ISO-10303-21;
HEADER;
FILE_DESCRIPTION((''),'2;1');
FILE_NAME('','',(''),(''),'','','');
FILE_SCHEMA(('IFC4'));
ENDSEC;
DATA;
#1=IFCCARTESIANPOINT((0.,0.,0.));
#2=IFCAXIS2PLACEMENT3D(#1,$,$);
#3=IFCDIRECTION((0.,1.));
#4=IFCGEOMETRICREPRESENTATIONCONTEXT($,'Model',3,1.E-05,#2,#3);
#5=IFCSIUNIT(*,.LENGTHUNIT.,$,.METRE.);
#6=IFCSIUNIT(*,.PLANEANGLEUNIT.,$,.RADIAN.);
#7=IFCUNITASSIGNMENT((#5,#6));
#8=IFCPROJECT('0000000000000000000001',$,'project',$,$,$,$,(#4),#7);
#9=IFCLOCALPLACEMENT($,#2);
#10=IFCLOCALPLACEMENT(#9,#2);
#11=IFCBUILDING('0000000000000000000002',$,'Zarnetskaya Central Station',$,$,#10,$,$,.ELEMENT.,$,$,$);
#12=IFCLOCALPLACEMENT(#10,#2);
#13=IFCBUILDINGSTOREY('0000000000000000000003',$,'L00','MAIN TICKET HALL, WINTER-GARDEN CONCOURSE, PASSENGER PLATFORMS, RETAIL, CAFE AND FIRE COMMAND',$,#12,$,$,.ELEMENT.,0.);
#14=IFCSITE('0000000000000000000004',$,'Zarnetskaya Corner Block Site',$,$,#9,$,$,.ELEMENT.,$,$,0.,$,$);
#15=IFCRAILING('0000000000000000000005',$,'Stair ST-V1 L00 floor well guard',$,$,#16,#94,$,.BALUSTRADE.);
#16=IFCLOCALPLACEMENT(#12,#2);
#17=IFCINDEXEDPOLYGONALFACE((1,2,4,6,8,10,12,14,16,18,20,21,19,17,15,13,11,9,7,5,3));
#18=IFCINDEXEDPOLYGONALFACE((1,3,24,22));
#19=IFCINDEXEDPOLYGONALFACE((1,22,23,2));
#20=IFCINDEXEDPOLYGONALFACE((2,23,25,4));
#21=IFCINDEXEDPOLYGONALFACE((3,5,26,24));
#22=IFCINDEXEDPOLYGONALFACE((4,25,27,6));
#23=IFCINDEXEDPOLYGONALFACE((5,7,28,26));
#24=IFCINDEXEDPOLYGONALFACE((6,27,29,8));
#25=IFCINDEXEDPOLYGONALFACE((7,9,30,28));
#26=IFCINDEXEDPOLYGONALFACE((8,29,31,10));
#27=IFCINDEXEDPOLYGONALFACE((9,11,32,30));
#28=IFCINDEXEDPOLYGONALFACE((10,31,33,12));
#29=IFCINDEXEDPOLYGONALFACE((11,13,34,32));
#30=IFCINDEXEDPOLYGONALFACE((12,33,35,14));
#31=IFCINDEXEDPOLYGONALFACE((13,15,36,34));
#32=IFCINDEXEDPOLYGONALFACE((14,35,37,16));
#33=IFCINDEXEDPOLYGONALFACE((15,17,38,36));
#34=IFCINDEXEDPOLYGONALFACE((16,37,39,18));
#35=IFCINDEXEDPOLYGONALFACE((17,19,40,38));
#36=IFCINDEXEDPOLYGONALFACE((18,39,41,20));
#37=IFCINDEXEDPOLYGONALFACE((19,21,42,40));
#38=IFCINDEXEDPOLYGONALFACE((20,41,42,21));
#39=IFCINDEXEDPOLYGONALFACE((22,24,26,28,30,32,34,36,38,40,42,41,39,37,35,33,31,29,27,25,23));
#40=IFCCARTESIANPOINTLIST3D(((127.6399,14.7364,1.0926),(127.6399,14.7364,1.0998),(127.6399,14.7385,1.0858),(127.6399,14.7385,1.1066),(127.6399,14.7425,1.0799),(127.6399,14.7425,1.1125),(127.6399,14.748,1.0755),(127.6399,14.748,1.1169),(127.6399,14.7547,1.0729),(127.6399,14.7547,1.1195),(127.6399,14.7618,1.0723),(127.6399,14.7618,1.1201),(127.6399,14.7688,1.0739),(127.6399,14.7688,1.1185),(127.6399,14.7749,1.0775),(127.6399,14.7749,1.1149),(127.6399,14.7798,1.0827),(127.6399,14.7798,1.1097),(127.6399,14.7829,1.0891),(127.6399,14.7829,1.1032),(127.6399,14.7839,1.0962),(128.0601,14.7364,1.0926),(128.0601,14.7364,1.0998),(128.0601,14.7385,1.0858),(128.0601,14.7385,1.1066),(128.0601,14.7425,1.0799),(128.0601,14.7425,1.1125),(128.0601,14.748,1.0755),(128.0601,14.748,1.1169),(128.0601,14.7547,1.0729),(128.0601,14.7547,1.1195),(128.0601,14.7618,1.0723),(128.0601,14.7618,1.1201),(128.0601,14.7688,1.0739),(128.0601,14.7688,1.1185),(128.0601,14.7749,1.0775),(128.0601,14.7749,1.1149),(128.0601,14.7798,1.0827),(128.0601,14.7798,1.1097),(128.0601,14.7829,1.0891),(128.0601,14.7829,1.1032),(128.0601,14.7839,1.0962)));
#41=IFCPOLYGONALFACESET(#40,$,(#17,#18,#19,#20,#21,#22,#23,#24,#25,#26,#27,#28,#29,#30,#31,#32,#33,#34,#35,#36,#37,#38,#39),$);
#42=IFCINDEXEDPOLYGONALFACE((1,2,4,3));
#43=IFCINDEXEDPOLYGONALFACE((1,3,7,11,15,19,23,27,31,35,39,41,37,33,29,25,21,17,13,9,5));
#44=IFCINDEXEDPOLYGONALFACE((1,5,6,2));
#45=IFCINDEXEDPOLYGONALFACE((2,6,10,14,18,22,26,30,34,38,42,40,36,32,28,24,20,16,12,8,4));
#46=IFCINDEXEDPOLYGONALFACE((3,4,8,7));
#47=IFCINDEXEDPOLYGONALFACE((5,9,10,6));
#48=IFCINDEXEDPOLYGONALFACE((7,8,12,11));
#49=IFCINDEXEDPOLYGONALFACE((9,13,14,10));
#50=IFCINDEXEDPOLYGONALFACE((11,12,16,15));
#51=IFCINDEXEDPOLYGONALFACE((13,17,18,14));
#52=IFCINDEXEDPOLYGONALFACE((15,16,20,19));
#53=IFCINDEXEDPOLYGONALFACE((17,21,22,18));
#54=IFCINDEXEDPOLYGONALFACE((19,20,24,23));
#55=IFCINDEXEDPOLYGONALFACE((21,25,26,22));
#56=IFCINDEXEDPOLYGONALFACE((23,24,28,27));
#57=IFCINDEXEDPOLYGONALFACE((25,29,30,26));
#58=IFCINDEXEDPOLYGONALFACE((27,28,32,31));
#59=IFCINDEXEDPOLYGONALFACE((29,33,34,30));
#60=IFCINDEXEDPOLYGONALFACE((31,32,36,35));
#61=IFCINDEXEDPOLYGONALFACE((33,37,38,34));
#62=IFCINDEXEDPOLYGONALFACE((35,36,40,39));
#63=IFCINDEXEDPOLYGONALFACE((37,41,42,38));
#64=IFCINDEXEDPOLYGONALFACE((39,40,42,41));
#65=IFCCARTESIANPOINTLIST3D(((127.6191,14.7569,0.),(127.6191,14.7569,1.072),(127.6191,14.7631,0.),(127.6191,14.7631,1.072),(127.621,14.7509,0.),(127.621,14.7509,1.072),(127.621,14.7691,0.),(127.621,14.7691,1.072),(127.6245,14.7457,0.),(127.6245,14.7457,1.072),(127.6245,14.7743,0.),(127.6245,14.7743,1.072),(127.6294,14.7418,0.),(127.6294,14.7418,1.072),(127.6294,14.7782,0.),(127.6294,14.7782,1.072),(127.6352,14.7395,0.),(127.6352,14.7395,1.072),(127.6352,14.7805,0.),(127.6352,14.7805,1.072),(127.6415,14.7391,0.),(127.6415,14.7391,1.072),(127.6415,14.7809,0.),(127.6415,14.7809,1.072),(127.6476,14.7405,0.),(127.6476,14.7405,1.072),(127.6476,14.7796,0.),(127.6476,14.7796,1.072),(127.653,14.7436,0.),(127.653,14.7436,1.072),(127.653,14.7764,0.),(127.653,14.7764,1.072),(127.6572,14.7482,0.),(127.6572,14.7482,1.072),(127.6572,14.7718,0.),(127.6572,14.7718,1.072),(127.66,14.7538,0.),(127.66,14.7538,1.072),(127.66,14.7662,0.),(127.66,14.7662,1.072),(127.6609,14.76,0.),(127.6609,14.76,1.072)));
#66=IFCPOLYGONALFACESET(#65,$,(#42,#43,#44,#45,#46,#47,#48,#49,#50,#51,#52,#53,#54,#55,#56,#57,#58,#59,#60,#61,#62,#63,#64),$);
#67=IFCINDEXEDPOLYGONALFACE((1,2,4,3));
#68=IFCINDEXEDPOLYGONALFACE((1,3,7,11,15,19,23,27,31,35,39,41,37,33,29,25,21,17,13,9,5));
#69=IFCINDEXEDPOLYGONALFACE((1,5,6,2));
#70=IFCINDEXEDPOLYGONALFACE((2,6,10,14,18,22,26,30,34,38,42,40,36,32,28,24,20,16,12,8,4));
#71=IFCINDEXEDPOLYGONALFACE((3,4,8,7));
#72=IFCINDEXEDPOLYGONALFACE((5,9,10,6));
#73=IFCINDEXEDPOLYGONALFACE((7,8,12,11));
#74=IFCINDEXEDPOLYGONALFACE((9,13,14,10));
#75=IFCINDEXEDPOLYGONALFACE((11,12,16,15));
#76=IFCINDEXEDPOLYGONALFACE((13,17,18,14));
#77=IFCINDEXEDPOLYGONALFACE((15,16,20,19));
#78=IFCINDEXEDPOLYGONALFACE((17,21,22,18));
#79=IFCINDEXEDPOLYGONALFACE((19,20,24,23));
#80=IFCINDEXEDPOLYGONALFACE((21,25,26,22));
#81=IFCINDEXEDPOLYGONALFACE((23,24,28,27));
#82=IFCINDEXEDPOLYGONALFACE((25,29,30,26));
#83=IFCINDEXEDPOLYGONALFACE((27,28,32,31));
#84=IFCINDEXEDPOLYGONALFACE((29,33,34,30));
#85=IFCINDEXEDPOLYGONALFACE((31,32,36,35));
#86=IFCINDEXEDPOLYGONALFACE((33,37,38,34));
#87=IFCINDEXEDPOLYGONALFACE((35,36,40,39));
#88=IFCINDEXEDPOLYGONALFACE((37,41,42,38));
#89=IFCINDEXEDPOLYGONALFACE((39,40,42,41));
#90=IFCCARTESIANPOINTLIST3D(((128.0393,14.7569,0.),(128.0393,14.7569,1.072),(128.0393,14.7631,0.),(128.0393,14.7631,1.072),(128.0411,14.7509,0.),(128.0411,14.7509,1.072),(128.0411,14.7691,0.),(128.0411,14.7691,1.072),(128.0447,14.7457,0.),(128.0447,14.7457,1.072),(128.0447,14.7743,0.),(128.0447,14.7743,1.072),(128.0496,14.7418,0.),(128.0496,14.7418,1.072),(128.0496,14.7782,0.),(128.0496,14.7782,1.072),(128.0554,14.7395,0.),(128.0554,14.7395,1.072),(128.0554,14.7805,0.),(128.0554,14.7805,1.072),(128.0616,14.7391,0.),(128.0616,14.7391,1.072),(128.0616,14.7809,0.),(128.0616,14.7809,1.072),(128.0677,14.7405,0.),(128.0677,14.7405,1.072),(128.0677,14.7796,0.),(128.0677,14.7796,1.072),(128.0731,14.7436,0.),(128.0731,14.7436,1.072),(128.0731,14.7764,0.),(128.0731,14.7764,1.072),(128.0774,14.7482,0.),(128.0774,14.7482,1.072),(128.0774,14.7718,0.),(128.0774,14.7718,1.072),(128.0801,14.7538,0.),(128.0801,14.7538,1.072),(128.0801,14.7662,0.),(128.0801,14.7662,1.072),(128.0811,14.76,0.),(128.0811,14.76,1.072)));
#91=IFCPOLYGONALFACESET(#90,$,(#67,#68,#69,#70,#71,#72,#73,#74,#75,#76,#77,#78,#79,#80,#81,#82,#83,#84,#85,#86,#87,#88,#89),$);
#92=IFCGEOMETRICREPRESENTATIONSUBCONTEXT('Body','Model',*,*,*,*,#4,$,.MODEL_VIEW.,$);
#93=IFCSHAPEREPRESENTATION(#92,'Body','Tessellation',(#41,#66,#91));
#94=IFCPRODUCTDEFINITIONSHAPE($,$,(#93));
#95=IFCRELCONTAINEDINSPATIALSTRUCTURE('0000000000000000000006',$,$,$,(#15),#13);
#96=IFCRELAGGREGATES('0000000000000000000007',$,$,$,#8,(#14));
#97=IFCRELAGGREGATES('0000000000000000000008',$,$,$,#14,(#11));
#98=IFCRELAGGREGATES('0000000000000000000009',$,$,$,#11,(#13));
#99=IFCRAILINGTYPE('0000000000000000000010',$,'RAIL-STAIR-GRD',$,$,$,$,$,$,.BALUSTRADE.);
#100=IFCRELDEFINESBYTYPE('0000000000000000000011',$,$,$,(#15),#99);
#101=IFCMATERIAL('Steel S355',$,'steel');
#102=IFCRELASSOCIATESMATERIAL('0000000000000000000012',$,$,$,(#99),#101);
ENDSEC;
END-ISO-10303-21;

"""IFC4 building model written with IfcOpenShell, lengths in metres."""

from ifc_helpers import new_model, si_unit, direction, frame, origin, origin_2d, place, context, subcontext, project, spatial, circle, extrude, material, type_object, element, save


model = new_model("IFC4")

# Units and contexts
model_context = context("Model", 3, precision=1e-05, world=origin(), true_north=direction((0.0, 1.0)))
body_context = subcontext(model_context, "Body", "Model", "MODEL_VIEW")
ifc_project = project(units=[si_unit("LENGTHUNIT", "METRE"), si_unit("PLANEANGLEUNIT", "RADIAN")], contexts=[model_context])

# Site, building, storey
site_placement = place(None, origin())
site = spatial("IfcSite", under=ifc_project, at=site_placement, Name="Zarnetskaya Corner Block Site", CompositionType="ELEMENT", RefElevation=0.0)
building_placement = place(site_placement, origin())
building = spatial("IfcBuilding", under=site, at=building_placement, Name="Zarnetskaya Central Station", CompositionType="ELEMENT")
storey_placement = place(building_placement, origin())
storey = spatial("IfcBuildingStorey", under=building, at=storey_placement, Name="L00", Description="MAIN TICKET HALL, WINTER-GARDEN CONCOURSE, PASSENGER PLATFORMS, RETAIL, CAFE AND FIRE COMMAND", CompositionType="ELEMENT", Elevation=0.0)

# Shared definitions
ifc_material_1 = material(Name="Steel S355", Category="steel")

# Railing
railing_type_1 = type_object("IfcRailingType", Name="RAIL-STAIR-GRD", PredefinedType="BALUSTRADE", material=ifc_material_1)
railing_1_placement = place(storey_placement, frame((127.6399, 14.76, 0.0)))
element("IfcRailing", 1, at=railing_1_placement, inside=storey, type_object=railing_type_1, Name="Stair ST-V1 L00 floor well guard", PredefinedType="BALUSTRADE", context=body_context, shape_type="SweptSolid", body=[
    extrude(circle(Radius=0.0239, at=origin_2d()), frame((0.0, 0.0, 1.0962), z_axis=(1.0, 0.0, 0.0), x_axis=(0.0, 1.0, 0.0)), (0.0, 0.0, 1.0), 0.4202),
    extrude(circle(Radius=0.021, at=origin_2d()), origin(), (0.0, 0.0, 1.0), 1.072),
    extrude(circle(Radius=0.021, at=origin_2d()), frame((0.4202, 0.0, 0.0)), (0.0, 0.0, 1.0), 1.072),
])

save(model, "model.ifc")
